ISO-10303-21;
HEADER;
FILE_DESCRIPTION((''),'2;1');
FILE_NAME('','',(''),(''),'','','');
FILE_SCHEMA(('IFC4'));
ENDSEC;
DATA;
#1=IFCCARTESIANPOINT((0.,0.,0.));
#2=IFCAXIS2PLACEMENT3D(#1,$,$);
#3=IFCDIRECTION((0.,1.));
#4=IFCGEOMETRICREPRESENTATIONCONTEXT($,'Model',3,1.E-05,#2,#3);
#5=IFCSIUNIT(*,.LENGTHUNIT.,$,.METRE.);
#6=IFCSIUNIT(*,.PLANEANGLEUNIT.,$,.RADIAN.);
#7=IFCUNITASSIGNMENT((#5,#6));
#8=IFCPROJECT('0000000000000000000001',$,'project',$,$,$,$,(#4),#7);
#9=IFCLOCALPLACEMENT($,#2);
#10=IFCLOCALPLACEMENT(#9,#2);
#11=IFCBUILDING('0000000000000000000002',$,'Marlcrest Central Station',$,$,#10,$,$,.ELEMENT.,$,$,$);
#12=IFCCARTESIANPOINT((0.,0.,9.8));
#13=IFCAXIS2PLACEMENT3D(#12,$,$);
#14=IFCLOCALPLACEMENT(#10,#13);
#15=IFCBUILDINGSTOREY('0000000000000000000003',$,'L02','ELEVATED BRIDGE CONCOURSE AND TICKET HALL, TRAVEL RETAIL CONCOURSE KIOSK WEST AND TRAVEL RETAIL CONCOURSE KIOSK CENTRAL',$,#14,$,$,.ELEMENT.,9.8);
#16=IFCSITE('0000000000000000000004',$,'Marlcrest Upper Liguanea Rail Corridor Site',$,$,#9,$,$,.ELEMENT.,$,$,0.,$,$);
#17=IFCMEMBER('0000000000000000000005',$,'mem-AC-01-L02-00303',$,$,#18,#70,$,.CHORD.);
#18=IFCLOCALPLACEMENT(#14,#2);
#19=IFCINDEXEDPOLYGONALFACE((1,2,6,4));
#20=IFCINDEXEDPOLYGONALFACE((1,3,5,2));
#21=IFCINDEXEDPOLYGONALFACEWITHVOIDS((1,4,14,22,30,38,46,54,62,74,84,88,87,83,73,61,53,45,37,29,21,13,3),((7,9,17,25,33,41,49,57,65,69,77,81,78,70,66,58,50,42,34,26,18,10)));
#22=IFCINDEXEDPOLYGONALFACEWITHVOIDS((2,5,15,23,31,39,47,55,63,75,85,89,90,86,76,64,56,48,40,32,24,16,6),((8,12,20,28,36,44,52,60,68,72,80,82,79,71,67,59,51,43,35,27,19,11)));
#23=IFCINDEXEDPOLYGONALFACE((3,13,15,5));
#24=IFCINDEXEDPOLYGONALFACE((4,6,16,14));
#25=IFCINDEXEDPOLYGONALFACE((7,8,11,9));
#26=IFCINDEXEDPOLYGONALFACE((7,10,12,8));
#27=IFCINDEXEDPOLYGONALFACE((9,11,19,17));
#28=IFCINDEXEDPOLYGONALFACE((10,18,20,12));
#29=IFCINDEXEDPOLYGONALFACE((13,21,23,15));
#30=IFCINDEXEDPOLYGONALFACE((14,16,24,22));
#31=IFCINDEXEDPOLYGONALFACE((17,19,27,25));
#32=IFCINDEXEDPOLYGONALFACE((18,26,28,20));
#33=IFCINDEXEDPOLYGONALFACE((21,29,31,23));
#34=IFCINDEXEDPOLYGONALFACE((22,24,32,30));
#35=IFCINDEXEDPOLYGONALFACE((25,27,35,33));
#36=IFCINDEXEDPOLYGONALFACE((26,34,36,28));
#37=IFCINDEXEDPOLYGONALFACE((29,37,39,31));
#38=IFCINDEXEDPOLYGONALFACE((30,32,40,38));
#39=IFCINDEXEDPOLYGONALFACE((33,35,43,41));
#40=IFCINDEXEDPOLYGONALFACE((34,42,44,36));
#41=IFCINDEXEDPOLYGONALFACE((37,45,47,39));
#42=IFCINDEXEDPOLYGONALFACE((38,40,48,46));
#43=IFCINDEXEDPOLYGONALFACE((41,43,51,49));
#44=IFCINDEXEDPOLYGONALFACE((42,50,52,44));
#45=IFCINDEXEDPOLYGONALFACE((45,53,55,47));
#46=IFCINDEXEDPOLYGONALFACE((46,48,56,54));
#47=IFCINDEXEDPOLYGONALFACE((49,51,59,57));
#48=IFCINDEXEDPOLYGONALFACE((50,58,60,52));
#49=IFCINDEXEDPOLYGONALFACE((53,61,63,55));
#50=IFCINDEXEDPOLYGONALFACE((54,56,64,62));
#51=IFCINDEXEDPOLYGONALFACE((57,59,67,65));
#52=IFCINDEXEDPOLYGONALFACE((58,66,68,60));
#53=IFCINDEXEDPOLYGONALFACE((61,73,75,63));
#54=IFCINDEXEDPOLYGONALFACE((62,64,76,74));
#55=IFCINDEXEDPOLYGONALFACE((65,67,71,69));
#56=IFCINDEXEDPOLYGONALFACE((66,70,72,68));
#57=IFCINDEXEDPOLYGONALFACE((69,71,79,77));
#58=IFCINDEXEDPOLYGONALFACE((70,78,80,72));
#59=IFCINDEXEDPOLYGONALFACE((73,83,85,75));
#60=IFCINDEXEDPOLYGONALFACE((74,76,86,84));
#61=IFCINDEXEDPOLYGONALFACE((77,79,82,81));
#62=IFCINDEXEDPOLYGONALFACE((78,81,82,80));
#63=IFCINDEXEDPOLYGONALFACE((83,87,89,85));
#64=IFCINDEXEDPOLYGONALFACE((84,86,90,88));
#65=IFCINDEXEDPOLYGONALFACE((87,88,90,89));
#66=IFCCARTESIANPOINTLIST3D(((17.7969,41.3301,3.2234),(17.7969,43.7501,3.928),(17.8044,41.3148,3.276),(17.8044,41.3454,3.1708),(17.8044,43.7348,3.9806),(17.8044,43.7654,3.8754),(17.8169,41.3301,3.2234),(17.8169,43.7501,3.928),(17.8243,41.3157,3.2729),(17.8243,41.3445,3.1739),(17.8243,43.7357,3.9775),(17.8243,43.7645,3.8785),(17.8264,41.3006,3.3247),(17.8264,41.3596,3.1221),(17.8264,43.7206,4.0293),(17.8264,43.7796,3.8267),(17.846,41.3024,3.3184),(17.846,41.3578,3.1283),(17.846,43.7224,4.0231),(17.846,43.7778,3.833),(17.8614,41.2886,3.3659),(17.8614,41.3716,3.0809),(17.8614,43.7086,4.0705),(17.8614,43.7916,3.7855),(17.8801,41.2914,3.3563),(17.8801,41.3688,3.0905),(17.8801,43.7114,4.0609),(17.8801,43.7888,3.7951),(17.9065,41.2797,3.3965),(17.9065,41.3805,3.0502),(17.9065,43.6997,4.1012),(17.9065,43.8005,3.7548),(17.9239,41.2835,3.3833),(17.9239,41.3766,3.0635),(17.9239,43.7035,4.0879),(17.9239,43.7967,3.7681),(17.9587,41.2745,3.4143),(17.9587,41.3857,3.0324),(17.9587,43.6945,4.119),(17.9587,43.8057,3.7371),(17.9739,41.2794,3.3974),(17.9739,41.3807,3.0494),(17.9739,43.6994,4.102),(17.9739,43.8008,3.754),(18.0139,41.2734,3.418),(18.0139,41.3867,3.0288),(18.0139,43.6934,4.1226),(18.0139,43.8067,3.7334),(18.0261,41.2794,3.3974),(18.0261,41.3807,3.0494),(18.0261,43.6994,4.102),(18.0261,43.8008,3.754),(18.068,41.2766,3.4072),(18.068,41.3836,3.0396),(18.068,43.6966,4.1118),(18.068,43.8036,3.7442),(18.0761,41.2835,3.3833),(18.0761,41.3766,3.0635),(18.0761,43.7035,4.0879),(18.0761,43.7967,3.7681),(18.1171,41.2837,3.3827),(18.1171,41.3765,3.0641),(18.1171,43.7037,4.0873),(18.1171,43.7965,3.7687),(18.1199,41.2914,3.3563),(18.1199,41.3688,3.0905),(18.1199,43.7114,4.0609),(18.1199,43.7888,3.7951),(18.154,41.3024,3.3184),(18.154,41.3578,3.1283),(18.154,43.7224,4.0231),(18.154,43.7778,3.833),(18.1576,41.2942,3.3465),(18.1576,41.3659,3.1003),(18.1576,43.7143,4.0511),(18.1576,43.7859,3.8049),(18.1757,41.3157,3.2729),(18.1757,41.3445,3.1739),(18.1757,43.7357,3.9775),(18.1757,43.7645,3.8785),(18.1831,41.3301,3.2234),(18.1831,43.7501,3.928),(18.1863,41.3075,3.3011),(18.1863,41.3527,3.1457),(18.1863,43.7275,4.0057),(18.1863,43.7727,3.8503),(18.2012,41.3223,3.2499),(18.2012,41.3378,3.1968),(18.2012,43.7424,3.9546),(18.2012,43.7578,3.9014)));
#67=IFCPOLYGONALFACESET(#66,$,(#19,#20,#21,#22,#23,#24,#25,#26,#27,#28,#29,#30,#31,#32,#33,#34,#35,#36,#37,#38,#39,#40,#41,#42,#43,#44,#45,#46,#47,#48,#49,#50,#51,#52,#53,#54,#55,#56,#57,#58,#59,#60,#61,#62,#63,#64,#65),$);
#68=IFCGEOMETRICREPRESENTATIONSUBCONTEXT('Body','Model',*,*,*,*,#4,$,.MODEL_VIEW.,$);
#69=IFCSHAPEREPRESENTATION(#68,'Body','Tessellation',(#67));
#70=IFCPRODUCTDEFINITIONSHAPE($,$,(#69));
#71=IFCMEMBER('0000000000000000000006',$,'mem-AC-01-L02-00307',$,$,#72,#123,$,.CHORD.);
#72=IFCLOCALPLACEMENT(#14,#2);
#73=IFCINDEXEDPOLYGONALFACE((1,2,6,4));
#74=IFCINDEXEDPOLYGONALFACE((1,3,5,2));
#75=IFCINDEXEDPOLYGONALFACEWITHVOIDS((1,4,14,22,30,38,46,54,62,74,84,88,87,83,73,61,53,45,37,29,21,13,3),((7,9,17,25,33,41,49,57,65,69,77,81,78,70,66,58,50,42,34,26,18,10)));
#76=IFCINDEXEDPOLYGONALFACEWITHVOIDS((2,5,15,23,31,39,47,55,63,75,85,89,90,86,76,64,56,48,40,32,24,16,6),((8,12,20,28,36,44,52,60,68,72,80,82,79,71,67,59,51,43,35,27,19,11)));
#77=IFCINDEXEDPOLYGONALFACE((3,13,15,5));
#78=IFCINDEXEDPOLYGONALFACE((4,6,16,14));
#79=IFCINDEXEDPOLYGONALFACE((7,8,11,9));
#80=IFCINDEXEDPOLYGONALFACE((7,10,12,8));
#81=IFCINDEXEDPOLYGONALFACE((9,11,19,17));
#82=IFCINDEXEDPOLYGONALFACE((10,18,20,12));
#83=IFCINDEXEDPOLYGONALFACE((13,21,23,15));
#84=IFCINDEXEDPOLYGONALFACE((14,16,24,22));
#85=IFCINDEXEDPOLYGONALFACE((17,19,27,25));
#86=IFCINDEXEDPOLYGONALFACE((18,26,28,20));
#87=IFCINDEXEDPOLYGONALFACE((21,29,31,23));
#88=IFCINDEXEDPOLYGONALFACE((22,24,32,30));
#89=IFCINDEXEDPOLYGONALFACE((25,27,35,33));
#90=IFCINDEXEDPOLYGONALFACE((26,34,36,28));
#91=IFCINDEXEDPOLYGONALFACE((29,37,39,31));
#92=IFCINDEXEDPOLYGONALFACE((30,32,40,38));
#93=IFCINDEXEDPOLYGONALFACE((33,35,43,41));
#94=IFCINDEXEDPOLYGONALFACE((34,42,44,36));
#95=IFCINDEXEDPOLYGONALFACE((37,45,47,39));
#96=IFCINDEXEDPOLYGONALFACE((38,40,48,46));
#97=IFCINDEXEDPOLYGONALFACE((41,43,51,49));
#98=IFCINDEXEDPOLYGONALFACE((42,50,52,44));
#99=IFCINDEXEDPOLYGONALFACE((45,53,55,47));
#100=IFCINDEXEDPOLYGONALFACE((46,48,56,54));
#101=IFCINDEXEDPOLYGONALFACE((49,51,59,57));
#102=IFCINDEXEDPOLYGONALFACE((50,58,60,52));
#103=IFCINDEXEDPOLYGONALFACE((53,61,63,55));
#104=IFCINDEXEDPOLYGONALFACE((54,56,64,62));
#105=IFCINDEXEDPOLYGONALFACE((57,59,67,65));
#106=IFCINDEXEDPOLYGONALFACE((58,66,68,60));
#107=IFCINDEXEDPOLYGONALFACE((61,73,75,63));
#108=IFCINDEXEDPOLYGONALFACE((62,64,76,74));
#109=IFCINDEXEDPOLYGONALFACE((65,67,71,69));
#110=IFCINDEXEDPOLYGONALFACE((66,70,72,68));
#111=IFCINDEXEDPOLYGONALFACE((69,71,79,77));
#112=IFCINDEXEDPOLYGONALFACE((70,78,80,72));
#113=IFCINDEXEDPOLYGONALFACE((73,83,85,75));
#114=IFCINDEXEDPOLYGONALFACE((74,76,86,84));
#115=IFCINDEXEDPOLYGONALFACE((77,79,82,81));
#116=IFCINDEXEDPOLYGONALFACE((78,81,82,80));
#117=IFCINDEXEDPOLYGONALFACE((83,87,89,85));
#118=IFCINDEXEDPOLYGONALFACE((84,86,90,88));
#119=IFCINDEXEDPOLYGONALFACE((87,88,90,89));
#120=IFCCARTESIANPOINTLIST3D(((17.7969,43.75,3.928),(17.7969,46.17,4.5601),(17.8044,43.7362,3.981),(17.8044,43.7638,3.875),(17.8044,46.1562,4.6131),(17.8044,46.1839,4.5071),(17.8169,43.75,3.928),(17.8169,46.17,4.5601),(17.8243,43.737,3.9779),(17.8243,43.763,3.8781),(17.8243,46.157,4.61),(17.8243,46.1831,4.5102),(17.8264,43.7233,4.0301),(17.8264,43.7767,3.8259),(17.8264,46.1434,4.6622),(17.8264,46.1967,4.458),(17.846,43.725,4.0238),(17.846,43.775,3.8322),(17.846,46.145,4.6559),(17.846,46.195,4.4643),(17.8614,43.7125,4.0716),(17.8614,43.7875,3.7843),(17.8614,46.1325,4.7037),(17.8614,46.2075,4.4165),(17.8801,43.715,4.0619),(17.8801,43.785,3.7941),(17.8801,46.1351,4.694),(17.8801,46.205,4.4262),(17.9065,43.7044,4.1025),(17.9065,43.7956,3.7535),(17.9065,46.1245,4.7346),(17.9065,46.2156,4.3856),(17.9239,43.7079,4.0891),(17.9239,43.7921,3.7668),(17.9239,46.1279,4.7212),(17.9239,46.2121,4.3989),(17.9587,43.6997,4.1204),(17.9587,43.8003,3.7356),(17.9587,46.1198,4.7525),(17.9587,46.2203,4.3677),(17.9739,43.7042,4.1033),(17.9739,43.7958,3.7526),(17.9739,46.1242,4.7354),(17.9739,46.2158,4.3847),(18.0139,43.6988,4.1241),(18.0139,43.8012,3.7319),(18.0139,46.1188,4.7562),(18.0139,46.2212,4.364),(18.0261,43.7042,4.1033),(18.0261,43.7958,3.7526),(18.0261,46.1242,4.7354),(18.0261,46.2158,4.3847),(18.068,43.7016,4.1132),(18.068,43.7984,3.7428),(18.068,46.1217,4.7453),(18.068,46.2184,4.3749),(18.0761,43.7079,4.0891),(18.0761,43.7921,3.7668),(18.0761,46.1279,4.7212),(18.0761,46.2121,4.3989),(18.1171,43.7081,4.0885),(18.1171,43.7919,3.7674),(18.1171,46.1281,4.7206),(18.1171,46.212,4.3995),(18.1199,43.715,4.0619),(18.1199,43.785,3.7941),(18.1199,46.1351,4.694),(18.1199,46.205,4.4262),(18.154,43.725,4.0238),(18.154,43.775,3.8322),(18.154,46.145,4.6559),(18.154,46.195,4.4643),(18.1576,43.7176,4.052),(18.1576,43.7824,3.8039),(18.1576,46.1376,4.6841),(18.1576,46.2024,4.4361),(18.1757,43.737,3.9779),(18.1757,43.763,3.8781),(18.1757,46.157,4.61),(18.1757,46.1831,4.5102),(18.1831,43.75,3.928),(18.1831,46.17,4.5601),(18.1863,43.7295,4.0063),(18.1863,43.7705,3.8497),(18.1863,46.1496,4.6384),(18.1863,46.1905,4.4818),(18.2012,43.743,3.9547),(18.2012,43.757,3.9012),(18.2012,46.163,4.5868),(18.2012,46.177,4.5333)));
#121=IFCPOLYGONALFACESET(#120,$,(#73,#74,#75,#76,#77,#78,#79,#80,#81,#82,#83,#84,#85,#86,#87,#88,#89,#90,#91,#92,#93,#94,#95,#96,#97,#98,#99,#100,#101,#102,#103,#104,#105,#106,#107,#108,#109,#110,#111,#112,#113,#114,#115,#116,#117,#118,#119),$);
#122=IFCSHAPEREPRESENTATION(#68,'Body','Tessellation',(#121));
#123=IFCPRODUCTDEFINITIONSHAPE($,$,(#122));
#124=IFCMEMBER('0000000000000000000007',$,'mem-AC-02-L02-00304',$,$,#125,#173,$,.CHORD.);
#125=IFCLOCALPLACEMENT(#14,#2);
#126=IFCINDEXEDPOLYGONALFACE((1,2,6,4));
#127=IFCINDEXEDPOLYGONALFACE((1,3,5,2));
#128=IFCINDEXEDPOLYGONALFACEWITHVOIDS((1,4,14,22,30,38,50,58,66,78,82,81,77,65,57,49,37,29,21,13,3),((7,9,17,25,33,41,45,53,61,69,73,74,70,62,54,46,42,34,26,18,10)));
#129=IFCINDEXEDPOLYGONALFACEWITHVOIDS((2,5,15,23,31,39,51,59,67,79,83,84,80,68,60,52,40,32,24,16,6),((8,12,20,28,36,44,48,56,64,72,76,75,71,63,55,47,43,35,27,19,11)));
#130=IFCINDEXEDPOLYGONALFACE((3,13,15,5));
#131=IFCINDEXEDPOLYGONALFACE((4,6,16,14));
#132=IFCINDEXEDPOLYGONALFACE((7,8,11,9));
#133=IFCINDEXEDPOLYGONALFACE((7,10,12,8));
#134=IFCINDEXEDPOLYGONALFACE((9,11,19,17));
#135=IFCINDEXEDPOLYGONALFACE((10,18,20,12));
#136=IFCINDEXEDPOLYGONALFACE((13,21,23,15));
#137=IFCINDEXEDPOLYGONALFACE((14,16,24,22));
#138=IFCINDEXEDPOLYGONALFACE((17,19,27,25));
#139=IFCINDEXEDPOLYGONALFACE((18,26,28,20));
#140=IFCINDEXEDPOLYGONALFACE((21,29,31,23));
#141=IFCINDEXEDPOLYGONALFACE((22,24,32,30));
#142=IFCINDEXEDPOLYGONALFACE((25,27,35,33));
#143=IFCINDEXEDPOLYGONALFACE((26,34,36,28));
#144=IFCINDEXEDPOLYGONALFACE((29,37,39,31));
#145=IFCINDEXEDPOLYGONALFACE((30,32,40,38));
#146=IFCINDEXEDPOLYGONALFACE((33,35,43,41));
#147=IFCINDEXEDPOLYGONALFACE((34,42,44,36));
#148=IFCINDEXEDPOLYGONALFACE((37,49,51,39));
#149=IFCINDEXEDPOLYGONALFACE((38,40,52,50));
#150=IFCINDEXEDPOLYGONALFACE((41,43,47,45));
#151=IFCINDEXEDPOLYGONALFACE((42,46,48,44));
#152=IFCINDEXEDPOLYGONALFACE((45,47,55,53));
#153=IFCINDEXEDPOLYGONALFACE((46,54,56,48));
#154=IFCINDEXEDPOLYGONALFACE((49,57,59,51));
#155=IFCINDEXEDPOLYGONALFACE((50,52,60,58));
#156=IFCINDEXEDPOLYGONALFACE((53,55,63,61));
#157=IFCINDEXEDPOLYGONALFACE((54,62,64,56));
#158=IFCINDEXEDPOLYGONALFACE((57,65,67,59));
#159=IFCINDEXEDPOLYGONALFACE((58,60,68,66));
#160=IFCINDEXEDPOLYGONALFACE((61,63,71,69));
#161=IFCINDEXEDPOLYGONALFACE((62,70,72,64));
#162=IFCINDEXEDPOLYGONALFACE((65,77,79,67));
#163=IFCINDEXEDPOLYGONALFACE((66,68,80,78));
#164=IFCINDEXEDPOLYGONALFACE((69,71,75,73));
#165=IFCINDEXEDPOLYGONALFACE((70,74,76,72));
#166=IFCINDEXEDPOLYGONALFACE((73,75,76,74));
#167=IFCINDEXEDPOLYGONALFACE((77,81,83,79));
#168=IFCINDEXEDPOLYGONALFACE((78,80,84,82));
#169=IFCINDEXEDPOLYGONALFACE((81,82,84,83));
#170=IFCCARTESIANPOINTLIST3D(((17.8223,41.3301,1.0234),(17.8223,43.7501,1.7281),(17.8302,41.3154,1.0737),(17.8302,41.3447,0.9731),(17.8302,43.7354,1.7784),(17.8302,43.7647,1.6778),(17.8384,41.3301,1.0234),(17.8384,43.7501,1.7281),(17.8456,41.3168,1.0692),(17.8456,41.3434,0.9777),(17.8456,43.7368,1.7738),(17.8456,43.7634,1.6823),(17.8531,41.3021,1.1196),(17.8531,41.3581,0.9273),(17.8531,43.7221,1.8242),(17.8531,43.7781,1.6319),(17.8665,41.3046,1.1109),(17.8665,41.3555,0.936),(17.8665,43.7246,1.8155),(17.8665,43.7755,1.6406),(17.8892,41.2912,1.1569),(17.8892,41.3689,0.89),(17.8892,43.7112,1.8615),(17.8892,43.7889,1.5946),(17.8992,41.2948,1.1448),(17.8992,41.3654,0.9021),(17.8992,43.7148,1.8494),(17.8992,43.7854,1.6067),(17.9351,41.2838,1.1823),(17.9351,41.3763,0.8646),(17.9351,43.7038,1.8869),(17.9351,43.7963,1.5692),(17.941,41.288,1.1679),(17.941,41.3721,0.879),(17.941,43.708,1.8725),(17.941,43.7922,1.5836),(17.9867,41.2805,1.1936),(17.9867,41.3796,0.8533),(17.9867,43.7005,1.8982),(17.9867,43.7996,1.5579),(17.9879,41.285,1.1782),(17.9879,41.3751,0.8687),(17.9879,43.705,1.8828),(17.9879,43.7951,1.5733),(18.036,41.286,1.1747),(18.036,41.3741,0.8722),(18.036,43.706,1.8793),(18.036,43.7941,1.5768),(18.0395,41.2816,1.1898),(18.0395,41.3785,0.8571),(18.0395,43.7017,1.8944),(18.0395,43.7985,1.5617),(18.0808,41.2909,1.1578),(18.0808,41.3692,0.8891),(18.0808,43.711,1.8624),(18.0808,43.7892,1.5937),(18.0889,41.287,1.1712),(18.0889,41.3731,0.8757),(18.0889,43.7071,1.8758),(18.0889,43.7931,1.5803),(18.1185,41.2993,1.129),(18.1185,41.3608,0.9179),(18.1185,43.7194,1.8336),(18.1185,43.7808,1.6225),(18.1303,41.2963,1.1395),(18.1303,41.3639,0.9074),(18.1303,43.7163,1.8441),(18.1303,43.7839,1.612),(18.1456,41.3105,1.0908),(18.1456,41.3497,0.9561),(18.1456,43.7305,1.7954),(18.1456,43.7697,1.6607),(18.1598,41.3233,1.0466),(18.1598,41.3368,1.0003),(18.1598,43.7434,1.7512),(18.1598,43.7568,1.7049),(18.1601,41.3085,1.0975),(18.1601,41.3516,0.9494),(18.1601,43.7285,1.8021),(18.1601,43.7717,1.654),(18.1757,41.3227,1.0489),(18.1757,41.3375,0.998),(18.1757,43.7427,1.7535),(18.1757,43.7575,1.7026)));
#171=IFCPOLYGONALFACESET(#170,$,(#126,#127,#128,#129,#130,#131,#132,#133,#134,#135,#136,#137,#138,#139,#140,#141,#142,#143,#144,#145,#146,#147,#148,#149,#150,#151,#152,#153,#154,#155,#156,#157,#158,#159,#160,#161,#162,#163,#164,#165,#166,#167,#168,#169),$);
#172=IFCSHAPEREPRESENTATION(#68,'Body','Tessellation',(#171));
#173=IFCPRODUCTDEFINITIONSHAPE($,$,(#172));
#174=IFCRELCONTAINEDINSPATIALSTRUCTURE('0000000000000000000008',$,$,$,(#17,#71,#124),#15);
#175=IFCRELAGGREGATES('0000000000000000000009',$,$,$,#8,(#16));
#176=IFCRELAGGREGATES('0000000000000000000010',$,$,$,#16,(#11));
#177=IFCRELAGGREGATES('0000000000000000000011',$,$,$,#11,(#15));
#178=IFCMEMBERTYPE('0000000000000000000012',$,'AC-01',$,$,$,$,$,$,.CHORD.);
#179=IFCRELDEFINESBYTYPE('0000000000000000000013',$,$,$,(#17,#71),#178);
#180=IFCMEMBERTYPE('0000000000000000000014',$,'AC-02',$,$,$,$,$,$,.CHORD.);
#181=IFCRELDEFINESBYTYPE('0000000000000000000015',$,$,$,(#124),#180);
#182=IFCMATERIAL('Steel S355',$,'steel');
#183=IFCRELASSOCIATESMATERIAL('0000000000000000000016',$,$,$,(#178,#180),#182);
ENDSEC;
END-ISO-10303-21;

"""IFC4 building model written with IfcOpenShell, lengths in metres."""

from ifc_helpers import new_model, si_unit, direction, frame, origin, origin_2d, place, context, subcontext, project, spatial, hollow_circle, extrude, material, material_profile, profile_set, type_object, element, save


model = new_model("IFC4")

# Units and contexts
model_context = context("Model", 3, precision=1e-05, world=origin(), true_north=direction((0.0, 1.0)))
body_context = subcontext(model_context, "Body", "Model", "MODEL_VIEW")
ifc_project = project(units=[si_unit("LENGTHUNIT", "METRE"), si_unit("PLANEANGLEUNIT", "RADIAN")], contexts=[model_context])

# Site, building, storey
site_placement = place(None, origin())
site = spatial("IfcSite", under=ifc_project, at=site_placement, Name="Marlcrest Upper Liguanea Rail Corridor Site", CompositionType="ELEMENT", RefElevation=0.0)
building_placement = place(site_placement, origin())
building = spatial("IfcBuilding", under=site, at=building_placement, Name="Marlcrest Central Station", CompositionType="ELEMENT")
storey_placement = place(building_placement, frame((0.0, 0.0, 9.8)))
storey = spatial("IfcBuildingStorey", under=building, at=storey_placement, Name="L02", Description="ELEVATED BRIDGE CONCOURSE AND TICKET HALL, TRAVEL RETAIL CONCOURSE KIOSK WEST AND TRAVEL RETAIL CONCOURSE KIOSK CENTRAL", CompositionType="ELEMENT", Elevation=9.8)

# Members
ifc_material_1 = material(Name="Steel S355", Category="steel")
ifc_material_profile_1 = material_profile(ifc_material_1, hollow_circle(Radius=0.2031, WallThickness=0.02, at=origin_2d()), Name="CHS 406.4x20")
ifc_profile_set_1 = profile_set([ifc_material_profile_1], Name="Steel S355")
member_type_1 = type_object("IfcMemberType", Name="AC-01", PredefinedType="CHORD", material=ifc_profile_set_1)
member_1_placement = place(storey_placement, frame((18.0, 41.3301, 3.2234), z_axis=(0.0, 0.96013, 0.279554), x_axis=(-1.0, 0.0, 0.0)))
element("IfcMember", 1, at=member_1_placement, inside=storey, type_object=member_type_1, Name="mem-AC-01-L02-00303", PredefinedType="CHORD", context=body_context, shape_type="SweptSolid", body=[
    extrude(hollow_circle(Radius=0.2031, WallThickness=0.02, at=origin_2d()), origin(), (0.0, 0.0, 1.0), 2.5205),
])
member_2_placement = place(storey_placement, frame((18.0, 43.75, 3.928), z_axis=(0.0, 0.967539, 0.25272), x_axis=(-1.0, 0.0, 0.0)))
element("IfcMember", 2, at=member_2_placement, inside=storey, type_object=member_type_1, Name="mem-AC-01-L02-00307", PredefinedType="CHORD", context=body_context, shape_type="SweptSolid", body=[
    extrude(hollow_circle(Radius=0.2031, WallThickness=0.02, at=origin_2d()), origin(), (0.0, 0.0, 1.0), 2.5012),
])
ifc_material_profile_2 = material_profile(ifc_material_1, hollow_circle(Radius=0.1777, WallThickness=0.0161, at=origin_2d()), Name="CHS 355.6x16")
ifc_profile_set_2 = profile_set([ifc_material_profile_2], Name="Steel S355")
member_type_2 = type_object("IfcMemberType", Name="AC-02", PredefinedType="CHORD", material=ifc_profile_set_2)
member_3_placement = place(storey_placement, frame((18.0, 41.3301, 1.0234), z_axis=(0.0, 0.96013, 0.279554), x_axis=(-1.0, 0.0, 0.0)))
element("IfcMember", 3, at=member_3_placement, inside=storey, type_object=member_type_2, Name="mem-AC-02-L02-00304", PredefinedType="CHORD", context=body_context, shape_type="SweptSolid", body=[
    extrude(hollow_circle(Radius=0.1777, WallThickness=0.0161, at=origin_2d()), origin(), (0.0, 0.0, 1.0), 2.5205),
])

save(model, "model.ifc")
